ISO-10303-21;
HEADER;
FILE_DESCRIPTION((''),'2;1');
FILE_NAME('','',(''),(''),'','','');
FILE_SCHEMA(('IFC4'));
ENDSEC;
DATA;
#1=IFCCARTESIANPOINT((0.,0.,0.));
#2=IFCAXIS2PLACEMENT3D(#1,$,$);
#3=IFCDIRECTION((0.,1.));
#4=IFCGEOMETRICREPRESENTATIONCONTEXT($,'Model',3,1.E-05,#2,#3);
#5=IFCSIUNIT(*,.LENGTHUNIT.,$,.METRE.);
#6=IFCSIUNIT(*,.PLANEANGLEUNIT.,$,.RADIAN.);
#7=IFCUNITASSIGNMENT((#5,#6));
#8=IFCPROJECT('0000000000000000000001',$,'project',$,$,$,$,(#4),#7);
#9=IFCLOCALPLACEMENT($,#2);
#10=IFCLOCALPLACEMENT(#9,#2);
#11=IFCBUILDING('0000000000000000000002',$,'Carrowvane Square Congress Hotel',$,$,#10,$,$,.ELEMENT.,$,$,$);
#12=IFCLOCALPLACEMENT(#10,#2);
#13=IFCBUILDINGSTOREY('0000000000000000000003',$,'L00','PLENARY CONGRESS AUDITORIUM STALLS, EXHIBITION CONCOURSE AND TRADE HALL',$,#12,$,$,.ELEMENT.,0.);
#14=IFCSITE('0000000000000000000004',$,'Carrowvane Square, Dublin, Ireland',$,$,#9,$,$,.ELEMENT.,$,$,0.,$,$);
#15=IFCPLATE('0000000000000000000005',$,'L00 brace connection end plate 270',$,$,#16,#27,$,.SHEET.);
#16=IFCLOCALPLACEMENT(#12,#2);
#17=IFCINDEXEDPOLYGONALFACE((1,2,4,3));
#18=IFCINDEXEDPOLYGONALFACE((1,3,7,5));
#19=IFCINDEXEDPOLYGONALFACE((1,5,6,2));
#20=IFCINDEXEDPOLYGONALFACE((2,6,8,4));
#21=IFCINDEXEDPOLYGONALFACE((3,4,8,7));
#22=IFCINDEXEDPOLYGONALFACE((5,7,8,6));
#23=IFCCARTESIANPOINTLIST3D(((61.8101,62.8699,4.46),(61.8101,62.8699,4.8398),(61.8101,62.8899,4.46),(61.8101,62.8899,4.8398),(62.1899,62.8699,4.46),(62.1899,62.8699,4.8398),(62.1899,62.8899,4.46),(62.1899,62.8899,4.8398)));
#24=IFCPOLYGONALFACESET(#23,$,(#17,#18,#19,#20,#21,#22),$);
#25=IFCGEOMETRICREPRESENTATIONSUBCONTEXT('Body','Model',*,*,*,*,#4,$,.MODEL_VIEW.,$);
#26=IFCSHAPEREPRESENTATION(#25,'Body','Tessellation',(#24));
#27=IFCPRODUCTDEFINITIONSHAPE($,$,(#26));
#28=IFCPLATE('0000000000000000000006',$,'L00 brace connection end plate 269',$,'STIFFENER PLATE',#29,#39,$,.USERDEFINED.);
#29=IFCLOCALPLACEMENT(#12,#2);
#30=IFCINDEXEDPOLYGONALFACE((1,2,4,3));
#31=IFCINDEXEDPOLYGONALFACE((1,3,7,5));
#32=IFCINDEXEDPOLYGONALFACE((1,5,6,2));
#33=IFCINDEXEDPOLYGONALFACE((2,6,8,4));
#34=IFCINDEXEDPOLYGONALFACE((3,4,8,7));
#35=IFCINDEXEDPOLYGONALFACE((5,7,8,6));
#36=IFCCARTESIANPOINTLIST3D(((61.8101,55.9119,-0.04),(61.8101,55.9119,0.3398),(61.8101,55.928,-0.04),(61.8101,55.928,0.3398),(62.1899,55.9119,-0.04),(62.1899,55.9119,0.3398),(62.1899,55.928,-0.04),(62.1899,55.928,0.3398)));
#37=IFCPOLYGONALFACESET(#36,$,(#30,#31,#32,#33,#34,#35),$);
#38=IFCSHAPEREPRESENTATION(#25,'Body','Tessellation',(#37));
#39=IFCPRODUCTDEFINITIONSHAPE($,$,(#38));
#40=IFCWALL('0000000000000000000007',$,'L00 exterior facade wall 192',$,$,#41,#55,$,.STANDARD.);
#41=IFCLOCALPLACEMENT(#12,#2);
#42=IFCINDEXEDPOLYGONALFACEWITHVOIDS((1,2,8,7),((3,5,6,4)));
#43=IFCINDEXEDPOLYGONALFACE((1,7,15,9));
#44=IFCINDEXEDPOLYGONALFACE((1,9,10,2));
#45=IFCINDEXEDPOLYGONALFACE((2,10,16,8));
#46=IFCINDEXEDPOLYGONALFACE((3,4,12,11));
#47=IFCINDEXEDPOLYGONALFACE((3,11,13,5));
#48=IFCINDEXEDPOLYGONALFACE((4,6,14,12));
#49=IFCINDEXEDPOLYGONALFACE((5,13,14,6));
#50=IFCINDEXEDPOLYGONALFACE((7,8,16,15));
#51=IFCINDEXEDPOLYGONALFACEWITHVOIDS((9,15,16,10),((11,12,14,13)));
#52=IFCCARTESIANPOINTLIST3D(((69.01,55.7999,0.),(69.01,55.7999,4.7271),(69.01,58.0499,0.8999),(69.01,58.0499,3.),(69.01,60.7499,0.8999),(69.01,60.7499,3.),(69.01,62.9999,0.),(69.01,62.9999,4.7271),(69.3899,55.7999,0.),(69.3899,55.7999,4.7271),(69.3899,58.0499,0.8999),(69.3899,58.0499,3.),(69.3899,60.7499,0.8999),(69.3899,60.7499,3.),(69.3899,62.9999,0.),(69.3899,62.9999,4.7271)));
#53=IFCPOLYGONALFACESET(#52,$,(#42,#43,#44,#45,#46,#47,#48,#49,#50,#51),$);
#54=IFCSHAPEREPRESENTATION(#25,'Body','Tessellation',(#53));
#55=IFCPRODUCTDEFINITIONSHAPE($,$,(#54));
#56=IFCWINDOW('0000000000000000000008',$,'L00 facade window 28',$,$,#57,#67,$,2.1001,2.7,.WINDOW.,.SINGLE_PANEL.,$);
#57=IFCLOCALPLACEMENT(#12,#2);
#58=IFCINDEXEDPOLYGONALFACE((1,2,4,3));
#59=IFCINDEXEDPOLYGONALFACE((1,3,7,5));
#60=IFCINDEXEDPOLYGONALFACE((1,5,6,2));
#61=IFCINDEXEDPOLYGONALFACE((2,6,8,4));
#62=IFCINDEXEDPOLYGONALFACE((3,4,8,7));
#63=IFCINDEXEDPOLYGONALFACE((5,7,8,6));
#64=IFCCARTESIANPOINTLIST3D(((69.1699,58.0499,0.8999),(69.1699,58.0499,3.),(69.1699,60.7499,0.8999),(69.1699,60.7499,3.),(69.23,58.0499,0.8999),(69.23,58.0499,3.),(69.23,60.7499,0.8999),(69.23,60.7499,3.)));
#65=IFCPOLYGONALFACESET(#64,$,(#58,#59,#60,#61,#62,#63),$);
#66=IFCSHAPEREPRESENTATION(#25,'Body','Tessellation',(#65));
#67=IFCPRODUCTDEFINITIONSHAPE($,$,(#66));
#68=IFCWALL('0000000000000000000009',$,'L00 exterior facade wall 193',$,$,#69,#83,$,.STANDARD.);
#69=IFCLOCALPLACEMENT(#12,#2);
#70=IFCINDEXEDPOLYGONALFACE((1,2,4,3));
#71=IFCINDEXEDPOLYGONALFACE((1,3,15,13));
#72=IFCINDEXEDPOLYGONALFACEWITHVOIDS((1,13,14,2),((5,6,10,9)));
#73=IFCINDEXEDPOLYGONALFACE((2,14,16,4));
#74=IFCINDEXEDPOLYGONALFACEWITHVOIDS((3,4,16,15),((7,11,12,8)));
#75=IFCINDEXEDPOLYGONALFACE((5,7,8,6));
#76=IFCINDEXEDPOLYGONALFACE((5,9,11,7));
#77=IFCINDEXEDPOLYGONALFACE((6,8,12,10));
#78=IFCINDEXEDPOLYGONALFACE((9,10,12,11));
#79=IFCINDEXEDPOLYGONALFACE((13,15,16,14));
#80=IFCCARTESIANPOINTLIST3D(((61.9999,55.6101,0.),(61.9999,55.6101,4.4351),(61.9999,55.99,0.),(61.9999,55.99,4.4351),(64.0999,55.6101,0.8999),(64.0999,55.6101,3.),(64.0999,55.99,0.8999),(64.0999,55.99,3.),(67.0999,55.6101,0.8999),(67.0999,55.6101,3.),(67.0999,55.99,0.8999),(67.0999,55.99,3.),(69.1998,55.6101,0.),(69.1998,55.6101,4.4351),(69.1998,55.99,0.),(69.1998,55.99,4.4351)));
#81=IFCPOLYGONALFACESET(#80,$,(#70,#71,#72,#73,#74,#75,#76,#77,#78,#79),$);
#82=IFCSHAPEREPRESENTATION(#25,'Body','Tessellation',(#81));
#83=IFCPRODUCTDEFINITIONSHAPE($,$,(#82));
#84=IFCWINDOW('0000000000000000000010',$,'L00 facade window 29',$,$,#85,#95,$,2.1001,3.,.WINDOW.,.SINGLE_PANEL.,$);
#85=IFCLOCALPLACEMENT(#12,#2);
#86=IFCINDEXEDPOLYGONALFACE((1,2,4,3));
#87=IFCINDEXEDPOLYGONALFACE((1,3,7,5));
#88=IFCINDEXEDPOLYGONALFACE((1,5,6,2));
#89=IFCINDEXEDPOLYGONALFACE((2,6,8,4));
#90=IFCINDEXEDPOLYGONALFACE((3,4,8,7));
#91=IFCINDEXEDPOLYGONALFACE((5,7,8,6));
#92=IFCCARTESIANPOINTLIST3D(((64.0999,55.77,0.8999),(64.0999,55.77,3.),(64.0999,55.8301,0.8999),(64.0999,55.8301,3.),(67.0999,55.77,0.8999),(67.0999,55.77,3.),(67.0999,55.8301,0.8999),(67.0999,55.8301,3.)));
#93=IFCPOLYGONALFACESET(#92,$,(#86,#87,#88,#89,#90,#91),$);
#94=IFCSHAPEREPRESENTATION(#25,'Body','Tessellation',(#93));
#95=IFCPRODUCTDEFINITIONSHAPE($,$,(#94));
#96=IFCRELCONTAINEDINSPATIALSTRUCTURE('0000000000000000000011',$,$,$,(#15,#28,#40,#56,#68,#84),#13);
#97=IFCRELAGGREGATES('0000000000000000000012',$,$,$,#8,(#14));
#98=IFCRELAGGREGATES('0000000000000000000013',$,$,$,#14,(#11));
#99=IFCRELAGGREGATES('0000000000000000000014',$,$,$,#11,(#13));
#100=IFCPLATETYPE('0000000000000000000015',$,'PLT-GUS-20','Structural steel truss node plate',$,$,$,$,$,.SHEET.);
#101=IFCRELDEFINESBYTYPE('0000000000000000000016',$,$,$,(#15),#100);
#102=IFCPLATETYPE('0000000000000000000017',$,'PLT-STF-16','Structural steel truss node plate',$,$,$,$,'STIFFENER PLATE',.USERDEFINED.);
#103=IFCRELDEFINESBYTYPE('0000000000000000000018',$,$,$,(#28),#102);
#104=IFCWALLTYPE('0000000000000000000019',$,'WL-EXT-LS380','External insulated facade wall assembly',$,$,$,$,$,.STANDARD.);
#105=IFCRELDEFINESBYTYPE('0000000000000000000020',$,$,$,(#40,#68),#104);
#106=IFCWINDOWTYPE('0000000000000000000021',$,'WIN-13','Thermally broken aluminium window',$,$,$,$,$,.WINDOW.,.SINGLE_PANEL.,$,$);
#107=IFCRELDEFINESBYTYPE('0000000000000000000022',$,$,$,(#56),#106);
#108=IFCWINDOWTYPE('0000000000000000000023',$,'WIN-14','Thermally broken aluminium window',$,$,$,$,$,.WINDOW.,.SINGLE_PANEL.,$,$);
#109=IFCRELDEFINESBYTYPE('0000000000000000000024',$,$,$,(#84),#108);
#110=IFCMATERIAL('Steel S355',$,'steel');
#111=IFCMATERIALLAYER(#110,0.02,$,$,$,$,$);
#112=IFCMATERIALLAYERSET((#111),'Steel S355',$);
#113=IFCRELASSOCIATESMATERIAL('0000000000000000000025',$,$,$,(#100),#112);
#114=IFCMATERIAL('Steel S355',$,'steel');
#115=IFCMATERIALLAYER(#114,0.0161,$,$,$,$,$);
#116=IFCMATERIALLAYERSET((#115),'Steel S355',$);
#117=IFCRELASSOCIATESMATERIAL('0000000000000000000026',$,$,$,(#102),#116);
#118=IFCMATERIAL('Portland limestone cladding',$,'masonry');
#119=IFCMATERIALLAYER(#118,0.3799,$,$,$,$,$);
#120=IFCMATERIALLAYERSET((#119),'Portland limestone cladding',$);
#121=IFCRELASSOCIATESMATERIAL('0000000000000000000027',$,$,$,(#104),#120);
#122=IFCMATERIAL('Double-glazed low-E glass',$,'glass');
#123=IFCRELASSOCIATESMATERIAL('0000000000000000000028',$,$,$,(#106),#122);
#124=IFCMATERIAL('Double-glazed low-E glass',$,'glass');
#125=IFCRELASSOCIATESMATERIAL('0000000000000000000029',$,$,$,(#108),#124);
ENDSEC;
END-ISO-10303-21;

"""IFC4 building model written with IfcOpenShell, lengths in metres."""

from ifc_helpers import new_model, si_unit, direction, frame, frame_2d, origin, origin_2d, place, context, subcontext, project, spatial, rectangle, extrude, material, layer, layer_set, type_object, element, fill, save


model = new_model("IFC4")

# Units and contexts
model_context = context("Model", 3, precision=1e-05, world=origin(), true_north=direction((0.0, 1.0)))
body_context = subcontext(model_context, "Body", "Model", "MODEL_VIEW")
ifc_project = project(units=[si_unit("LENGTHUNIT", "METRE"), si_unit("PLANEANGLEUNIT", "RADIAN")], contexts=[model_context])

# Site, building, storey
site_placement = place(None, origin())
site = spatial("IfcSite", under=ifc_project, at=site_placement, Name="Carrowvane Square, Dublin, Ireland", CompositionType="ELEMENT", RefElevation=0.0)
building_placement = place(site_placement, origin())
building = spatial("IfcBuilding", under=site, at=building_placement, Name="Carrowvane Square Congress Hotel", CompositionType="ELEMENT")
storey_placement = place(building_placement, origin())
storey = spatial("IfcBuildingStorey", under=building, at=storey_placement, Name="L00", Description="PLENARY CONGRESS AUDITORIUM STALLS, EXHIBITION CONCOURSE AND TRADE HALL", CompositionType="ELEMENT", Elevation=0.0)

# Plates
ifc_material_1 = material(Name="Steel S355", Category="steel")
ifc_layer_1 = layer(ifc_material_1, 0.02)
ifc_layer_set_1 = layer_set([ifc_layer_1], Name="Steel S355")
plate_type_1 = type_object("IfcPlateType", Name="PLT-GUS-20", Description="Structural steel truss node plate", PredefinedType="SHEET", material=ifc_layer_set_1)
plate_1_placement = place(storey_placement, frame((62.0, 62.8799, 4.46), z_axis=(0.0, 0.0, 1.0), x_axis=(1.0, 0.0, 0.0)))
element("IfcPlate", 1, at=plate_1_placement, inside=storey, type_object=plate_type_1, Name="L00 brace connection end plate 270", PredefinedType="SHEET", context=body_context, shape_type="SweptSolid", body=[
    extrude(rectangle(XDim=0.3799, YDim=0.02, at=origin_2d()), origin(), (0.0, 0.0, 1.0), 0.3799),
])
ifc_material_2 = material(Name="Steel S355", Category="steel")
ifc_layer_2 = layer(ifc_material_2, 0.0161)
ifc_layer_set_2 = layer_set([ifc_layer_2], Name="Steel S355")
plate_type_2 = type_object("IfcPlateType", Name="PLT-STF-16", Description="Structural steel truss node plate", ElementType="STIFFENER PLATE", PredefinedType="USERDEFINED", material=ifc_layer_set_2)
plate_2_placement = place(storey_placement, frame((62.0, 55.9199, -0.04), z_axis=(0.0, 0.0, 1.0), x_axis=(1.0, 0.0, 0.0)))
element("IfcPlate", 2, at=plate_2_placement, inside=storey, type_object=plate_type_2, Name="L00 brace connection end plate 269", ObjectType="STIFFENER PLATE", PredefinedType="USERDEFINED", context=body_context, shape_type="SweptSolid", body=[
    extrude(rectangle(XDim=0.3799, YDim=0.0161, at=origin_2d()), origin(), (0.0, 0.0, 1.0), 0.3799),
])

# Walls, openings, windows
ifc_material_3 = material(Name="Portland limestone cladding", Category="masonry")
ifc_layer_3 = layer(ifc_material_3, 0.3799)
ifc_layer_set_3 = layer_set([ifc_layer_3], Name="Portland limestone cladding")
wall_type = type_object("IfcWallType", Name="WL-EXT-LS380", Description="External insulated facade wall assembly", PredefinedType="STANDARD", material=ifc_layer_set_3)
wall_1_placement = place(storey_placement, frame((69.2, 63.0, 0.0), z_axis=(0.0, 0.0, 1.0), x_axis=(0.0, -1.0, 0.0)))
wall_1 = element("IfcWall", 3, at=wall_1_placement, inside=storey, type_object=wall_type, Name="L00 exterior facade wall 192", PredefinedType="STANDARD", context=body_context, shape_type="SweptSolid", body=[
    extrude(rectangle(XDim=7.2, YDim=0.3799, at=frame_2d((3.6001, 0.0))), origin(), (0.0, 0.0, 1.0), 4.7271),
])
opening_1_placement = place(wall_1_placement, frame((2.25, 0.0, 0.8999)))
opening_1 = element("IfcOpeningElement", 4, at=opening_1_placement, cuts=wall_1, PredefinedType="OPENING", context=body_context, shape_type="SweptSolid", body=[
    extrude(rectangle(XDim=2.7, YDim=2.1001, at=frame_2d((1.3501, 1.05))), frame((0.0, 0.2, 0.0), z_axis=(0.0, -1.0, 0.0), x_axis=(1.0, 0.0, 0.0)), (0.0, 0.0, 1.0), 0.3999),
])
ifc_material_4 = material(Name="Double-glazed low-E glass", Category="glass")
window_type_1 = type_object("IfcWindowType", Name="WIN-13", Description="Thermally broken aluminium window", PartitioningType="SINGLE_PANEL", PredefinedType="WINDOW", material=ifc_material_4)
window_1_placement = place(opening_1_placement, origin())
window_1 = element("IfcWindow", 5, at=window_1_placement, inside=storey, type_object=window_type_1, Name="L00 facade window 28", OverallHeight=2.1001, OverallWidth=2.7, PartitioningType="SINGLE_PANEL", PredefinedType="WINDOW", context=body_context, shape_type="SweptSolid", body=[
    extrude(rectangle(XDim=2.7, YDim=2.1001, at=frame_2d((1.3501, 1.05))), frame((0.0, 0.03, 0.0), z_axis=(0.0, -1.0, 0.0), x_axis=(1.0, 0.0, 0.0)), (0.0, 0.0, 1.0), 0.0601),
])
fill(opening_1, window_1)
wall_2_placement = place(storey_placement, frame((69.2, 55.8, 0.0), z_axis=(0.0, 0.0, 1.0), x_axis=(-1.0, 0.0, 0.0)))
wall_2 = element("IfcWall", 6, at=wall_2_placement, inside=storey, type_object=wall_type, Name="L00 exterior facade wall 193", PredefinedType="STANDARD", context=body_context, shape_type="SweptSolid", body=[
    extrude(rectangle(XDim=7.2, YDim=0.3799, at=frame_2d((3.6001, 0.0))), origin(), (0.0, 0.0, 1.0), 4.4351),
])
opening_2_placement = place(wall_2_placement, frame((2.1001, 0.0, 0.8999)))
opening_2 = element("IfcOpeningElement", 7, at=opening_2_placement, cuts=wall_2, PredefinedType="OPENING", context=body_context, shape_type="SweptSolid", body=[
    extrude(rectangle(XDim=3.0, YDim=2.1001, at=frame_2d((1.5, 1.05))), frame((0.0, 0.2, 0.0), z_axis=(0.0, -1.0, 0.0), x_axis=(1.0, 0.0, 0.0)), (0.0, 0.0, 1.0), 0.3999),
])
ifc_material_5 = material(Name="Double-glazed low-E glass", Category="glass")
window_type_2 = type_object("IfcWindowType", Name="WIN-14", Description="Thermally broken aluminium window", PartitioningType="SINGLE_PANEL", PredefinedType="WINDOW", material=ifc_material_5)
window_2_placement = place(opening_2_placement, origin())
window_2 = element("IfcWindow", 8, at=window_2_placement, inside=storey, type_object=window_type_2, Name="L00 facade window 29", OverallHeight=2.1001, OverallWidth=3.0, PartitioningType="SINGLE_PANEL", PredefinedType="WINDOW", context=body_context, shape_type="SweptSolid", body=[
    extrude(rectangle(XDim=3.0, YDim=2.1001, at=frame_2d((1.5, 1.05))), frame((0.0, 0.03, 0.0), z_axis=(0.0, -1.0, 0.0), x_axis=(1.0, 0.0, 0.0)), (0.0, 0.0, 1.0), 0.0601),
])
fill(opening_2, window_2)

save(model, "model.ifc")
